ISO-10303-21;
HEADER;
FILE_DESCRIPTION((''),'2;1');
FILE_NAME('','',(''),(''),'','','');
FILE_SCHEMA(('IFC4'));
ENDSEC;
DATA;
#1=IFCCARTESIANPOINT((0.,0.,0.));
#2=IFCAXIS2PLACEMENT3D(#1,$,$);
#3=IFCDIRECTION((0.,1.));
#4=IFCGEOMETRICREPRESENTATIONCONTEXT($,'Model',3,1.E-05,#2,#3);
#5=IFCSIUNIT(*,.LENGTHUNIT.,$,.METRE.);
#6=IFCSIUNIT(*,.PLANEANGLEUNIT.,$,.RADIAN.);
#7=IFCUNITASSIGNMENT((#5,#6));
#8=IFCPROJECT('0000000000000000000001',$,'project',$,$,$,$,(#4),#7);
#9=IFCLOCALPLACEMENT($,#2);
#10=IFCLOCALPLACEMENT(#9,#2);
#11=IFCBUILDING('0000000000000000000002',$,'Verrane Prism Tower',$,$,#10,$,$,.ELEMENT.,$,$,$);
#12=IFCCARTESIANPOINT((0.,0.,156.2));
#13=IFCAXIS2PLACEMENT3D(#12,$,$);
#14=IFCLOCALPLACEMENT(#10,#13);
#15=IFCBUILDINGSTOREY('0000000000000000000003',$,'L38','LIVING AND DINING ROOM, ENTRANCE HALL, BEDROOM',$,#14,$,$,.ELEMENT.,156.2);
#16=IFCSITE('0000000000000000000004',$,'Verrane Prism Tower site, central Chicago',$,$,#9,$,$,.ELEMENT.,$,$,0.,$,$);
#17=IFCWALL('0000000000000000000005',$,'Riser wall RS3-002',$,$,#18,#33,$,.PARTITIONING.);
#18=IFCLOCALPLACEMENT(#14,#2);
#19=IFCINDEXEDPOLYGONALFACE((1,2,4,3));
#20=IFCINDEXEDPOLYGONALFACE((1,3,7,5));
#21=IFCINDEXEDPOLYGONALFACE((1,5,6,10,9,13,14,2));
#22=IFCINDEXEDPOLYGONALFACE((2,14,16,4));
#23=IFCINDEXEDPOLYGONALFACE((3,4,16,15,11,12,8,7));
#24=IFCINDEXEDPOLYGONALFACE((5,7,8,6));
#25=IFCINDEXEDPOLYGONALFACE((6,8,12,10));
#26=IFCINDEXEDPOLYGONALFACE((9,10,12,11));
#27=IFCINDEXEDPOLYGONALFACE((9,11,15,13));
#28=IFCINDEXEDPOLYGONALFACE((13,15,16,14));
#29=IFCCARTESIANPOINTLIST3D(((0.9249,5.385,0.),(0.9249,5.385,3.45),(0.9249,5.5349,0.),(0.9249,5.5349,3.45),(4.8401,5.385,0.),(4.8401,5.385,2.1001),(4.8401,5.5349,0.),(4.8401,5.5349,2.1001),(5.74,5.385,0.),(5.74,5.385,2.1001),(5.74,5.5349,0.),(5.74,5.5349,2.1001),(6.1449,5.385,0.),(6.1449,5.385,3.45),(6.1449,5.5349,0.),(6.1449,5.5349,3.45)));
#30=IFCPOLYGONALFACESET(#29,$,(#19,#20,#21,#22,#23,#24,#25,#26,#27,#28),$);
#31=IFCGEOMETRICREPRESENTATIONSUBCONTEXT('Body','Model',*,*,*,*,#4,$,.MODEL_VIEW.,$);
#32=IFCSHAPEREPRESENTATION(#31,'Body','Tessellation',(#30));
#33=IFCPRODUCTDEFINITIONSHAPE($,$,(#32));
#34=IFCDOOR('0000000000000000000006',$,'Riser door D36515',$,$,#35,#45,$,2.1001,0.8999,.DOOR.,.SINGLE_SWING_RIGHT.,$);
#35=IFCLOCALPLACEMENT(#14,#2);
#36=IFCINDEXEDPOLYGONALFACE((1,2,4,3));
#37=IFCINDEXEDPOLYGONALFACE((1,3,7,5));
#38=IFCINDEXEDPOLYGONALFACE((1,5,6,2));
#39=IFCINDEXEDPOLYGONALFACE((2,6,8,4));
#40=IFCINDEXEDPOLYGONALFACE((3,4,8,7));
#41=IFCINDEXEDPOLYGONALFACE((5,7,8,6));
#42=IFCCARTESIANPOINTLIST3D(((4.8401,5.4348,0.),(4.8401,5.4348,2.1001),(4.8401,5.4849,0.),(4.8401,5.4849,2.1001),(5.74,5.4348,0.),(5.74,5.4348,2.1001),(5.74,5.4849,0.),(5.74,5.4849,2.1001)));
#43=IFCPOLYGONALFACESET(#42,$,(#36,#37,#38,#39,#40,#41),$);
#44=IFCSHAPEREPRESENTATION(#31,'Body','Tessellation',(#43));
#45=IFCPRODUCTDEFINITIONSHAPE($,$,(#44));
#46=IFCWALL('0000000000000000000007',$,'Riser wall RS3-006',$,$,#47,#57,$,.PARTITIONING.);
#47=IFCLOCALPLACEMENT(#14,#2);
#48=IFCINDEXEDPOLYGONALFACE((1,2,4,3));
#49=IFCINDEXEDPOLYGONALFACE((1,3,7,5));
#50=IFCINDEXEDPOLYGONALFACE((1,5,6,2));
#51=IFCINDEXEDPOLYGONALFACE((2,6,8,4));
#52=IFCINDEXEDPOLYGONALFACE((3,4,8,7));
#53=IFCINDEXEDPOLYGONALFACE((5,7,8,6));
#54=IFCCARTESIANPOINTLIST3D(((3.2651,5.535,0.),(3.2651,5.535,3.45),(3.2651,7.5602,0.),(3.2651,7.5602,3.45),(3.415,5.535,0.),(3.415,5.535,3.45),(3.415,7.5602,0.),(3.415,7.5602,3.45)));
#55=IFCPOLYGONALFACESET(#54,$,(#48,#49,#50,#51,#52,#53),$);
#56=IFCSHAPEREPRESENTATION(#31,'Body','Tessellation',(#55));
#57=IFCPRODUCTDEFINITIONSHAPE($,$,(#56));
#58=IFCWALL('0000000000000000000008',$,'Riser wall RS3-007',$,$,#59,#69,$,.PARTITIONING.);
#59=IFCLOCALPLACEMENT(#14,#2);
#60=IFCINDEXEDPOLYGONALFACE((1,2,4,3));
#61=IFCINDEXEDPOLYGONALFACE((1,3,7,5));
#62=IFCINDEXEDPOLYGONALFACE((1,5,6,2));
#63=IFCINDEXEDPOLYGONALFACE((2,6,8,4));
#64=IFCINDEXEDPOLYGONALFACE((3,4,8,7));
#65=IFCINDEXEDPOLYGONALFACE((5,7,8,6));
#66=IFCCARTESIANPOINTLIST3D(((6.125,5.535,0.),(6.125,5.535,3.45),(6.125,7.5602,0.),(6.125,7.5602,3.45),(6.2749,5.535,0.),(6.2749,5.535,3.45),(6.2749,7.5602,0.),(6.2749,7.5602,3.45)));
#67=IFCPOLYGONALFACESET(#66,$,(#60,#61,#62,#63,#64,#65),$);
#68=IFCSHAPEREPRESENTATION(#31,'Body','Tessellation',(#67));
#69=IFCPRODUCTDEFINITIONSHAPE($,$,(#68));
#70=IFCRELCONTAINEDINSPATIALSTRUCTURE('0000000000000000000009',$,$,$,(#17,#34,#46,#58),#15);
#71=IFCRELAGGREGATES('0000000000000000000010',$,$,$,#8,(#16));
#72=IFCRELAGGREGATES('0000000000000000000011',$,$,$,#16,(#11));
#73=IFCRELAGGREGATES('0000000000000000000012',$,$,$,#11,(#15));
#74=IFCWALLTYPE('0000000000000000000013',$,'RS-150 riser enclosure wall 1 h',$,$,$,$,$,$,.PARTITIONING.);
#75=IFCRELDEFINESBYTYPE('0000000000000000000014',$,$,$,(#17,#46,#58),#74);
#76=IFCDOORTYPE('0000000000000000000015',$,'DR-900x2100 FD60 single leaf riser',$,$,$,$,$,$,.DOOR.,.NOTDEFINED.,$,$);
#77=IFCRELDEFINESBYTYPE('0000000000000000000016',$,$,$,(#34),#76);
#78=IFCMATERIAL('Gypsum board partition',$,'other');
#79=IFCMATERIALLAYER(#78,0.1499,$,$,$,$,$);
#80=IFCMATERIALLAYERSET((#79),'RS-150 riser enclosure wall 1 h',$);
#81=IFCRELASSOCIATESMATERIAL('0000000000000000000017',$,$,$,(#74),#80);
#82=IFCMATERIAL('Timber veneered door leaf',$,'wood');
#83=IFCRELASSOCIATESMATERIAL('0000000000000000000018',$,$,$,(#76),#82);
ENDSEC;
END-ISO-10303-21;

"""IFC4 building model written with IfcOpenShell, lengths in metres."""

from ifc_helpers import new_model, si_unit, direction, frame, frame_2d, origin, place, context, subcontext, project, spatial, rectangle, extrude, material, layer, layer_set, type_object, element, fill, save


model = new_model("IFC4")

# Units and contexts
model_context = context("Model", 3, precision=1e-05, world=origin(), true_north=direction((0.0, 1.0)))
body_context = subcontext(model_context, "Body", "Model", "MODEL_VIEW")
ifc_project = project(units=[si_unit("LENGTHUNIT", "METRE"), si_unit("PLANEANGLEUNIT", "RADIAN")], contexts=[model_context])

# Site, building, storey
site_placement = place(None, origin())
site = spatial("IfcSite", under=ifc_project, at=site_placement, Name="Verrane Prism Tower site, central Chicago", CompositionType="ELEMENT", RefElevation=0.0)
building_placement = place(site_placement, origin())
building = spatial("IfcBuilding", under=site, at=building_placement, Name="Verrane Prism Tower", CompositionType="ELEMENT")
storey_placement = place(building_placement, frame((0.0, 0.0, 156.2)))
storey = spatial("IfcBuildingStorey", under=building, at=storey_placement, Name="L38", Description="LIVING AND DINING ROOM, ENTRANCE HALL, BEDROOM", CompositionType="ELEMENT", Elevation=156.2)

# Wall, opening, door
ifc_material_1 = material(Name="Gypsum board partition", Category="other")
ifc_layer_1 = layer(ifc_material_1, 0.1499)
ifc_layer_set_1 = layer_set([ifc_layer_1], Name="RS-150 riser enclosure wall 1 h")
wall_type_1 = type_object("IfcWallType", Name="RS-150 riser enclosure wall 1 h", PredefinedType="PARTITIONING", material=ifc_layer_set_1)
ifc_material_2 = material(Name="Timber veneered door leaf", Category="wood")
door_type_1 = type_object("IfcDoorType", Name="DR-900x2100 FD60 single leaf riser", OperationType="NOTDEFINED", PredefinedType="DOOR", material=ifc_material_2)
wall_1_placement = place(storey_placement, frame((0.925, 5.46, 0.0), z_axis=(0.0, 0.0, 1.0), x_axis=(1.0, 0.0, 0.0)))
wall_1 = element("IfcWall", 1, at=wall_1_placement, inside=storey, type_object=wall_type_1, Name="Riser wall RS3-002", PredefinedType="PARTITIONING", context=body_context, shape_type="SweptSolid", body=[
    extrude(rectangle(XDim=5.22, YDim=0.1499, at=frame_2d((2.6099, 0.0))), origin(), (0.0, 0.0, 1.0), 3.45),
])
opening_1_placement = place(wall_1_placement, frame((3.915, 0.0, 0.0)))
opening_1 = element("IfcOpeningElement", 2, at=opening_1_placement, cuts=wall_1, PredefinedType="OPENING", context=body_context, shape_type="SweptSolid", body=[
    extrude(rectangle(XDim=0.8999, YDim=2.1001, at=frame_2d((0.45, 1.05))), frame((0.0, 0.085, 0.0), z_axis=(0.0, -1.0, 0.0), x_axis=(1.0, 0.0, 0.0)), (0.0, 0.0, 1.0), 0.1699),
])
door_1_placement = place(opening_1_placement, origin())
door_1 = element("IfcDoor", 3, at=door_1_placement, inside=storey, type_object=door_type_1, Name="Riser door D36515", OperationType="SINGLE_SWING_RIGHT", OverallHeight=2.1001, OverallWidth=0.8999, PredefinedType="DOOR", context=body_context, shape_type="SweptSolid", body=[
    extrude(rectangle(XDim=0.8999, YDim=2.1001, at=frame_2d((0.45, 1.05))), frame((0.0, 0.0249, 0.0), z_axis=(0.0, -1.0, 0.0), x_axis=(1.0, 0.0, 0.0)), (0.0, 0.0, 1.0), 0.05),
])
fill(opening_1, door_1)

# Walls
for number, where, z_axis, x_axis, name in (
    (4, (3.3401, 5.5349, 0.0), (0.0, 0.0, 1.0), (0.0, 1.0, 0.0), "Riser wall RS3-006"),
    (5, (6.2, 5.5349, 0.0), (0.0, 0.0, 1.0), (0.0, 1.0, 0.0), "Riser wall RS3-007"),
):
    element("IfcWall", number, at=place(storey_placement, frame(where, z_axis=z_axis, x_axis=x_axis)), inside=storey, type_object=wall_type_1, Name=name, PredefinedType="PARTITIONING", context=body_context, shape_type="SweptSolid", body=[
        extrude(rectangle(XDim=2.0251, YDim=0.1499, at=frame_2d((1.0127, 0.0))), origin(), (0.0, 0.0, 1.0), 3.45),
    ])

save(model, "model.ifc")
